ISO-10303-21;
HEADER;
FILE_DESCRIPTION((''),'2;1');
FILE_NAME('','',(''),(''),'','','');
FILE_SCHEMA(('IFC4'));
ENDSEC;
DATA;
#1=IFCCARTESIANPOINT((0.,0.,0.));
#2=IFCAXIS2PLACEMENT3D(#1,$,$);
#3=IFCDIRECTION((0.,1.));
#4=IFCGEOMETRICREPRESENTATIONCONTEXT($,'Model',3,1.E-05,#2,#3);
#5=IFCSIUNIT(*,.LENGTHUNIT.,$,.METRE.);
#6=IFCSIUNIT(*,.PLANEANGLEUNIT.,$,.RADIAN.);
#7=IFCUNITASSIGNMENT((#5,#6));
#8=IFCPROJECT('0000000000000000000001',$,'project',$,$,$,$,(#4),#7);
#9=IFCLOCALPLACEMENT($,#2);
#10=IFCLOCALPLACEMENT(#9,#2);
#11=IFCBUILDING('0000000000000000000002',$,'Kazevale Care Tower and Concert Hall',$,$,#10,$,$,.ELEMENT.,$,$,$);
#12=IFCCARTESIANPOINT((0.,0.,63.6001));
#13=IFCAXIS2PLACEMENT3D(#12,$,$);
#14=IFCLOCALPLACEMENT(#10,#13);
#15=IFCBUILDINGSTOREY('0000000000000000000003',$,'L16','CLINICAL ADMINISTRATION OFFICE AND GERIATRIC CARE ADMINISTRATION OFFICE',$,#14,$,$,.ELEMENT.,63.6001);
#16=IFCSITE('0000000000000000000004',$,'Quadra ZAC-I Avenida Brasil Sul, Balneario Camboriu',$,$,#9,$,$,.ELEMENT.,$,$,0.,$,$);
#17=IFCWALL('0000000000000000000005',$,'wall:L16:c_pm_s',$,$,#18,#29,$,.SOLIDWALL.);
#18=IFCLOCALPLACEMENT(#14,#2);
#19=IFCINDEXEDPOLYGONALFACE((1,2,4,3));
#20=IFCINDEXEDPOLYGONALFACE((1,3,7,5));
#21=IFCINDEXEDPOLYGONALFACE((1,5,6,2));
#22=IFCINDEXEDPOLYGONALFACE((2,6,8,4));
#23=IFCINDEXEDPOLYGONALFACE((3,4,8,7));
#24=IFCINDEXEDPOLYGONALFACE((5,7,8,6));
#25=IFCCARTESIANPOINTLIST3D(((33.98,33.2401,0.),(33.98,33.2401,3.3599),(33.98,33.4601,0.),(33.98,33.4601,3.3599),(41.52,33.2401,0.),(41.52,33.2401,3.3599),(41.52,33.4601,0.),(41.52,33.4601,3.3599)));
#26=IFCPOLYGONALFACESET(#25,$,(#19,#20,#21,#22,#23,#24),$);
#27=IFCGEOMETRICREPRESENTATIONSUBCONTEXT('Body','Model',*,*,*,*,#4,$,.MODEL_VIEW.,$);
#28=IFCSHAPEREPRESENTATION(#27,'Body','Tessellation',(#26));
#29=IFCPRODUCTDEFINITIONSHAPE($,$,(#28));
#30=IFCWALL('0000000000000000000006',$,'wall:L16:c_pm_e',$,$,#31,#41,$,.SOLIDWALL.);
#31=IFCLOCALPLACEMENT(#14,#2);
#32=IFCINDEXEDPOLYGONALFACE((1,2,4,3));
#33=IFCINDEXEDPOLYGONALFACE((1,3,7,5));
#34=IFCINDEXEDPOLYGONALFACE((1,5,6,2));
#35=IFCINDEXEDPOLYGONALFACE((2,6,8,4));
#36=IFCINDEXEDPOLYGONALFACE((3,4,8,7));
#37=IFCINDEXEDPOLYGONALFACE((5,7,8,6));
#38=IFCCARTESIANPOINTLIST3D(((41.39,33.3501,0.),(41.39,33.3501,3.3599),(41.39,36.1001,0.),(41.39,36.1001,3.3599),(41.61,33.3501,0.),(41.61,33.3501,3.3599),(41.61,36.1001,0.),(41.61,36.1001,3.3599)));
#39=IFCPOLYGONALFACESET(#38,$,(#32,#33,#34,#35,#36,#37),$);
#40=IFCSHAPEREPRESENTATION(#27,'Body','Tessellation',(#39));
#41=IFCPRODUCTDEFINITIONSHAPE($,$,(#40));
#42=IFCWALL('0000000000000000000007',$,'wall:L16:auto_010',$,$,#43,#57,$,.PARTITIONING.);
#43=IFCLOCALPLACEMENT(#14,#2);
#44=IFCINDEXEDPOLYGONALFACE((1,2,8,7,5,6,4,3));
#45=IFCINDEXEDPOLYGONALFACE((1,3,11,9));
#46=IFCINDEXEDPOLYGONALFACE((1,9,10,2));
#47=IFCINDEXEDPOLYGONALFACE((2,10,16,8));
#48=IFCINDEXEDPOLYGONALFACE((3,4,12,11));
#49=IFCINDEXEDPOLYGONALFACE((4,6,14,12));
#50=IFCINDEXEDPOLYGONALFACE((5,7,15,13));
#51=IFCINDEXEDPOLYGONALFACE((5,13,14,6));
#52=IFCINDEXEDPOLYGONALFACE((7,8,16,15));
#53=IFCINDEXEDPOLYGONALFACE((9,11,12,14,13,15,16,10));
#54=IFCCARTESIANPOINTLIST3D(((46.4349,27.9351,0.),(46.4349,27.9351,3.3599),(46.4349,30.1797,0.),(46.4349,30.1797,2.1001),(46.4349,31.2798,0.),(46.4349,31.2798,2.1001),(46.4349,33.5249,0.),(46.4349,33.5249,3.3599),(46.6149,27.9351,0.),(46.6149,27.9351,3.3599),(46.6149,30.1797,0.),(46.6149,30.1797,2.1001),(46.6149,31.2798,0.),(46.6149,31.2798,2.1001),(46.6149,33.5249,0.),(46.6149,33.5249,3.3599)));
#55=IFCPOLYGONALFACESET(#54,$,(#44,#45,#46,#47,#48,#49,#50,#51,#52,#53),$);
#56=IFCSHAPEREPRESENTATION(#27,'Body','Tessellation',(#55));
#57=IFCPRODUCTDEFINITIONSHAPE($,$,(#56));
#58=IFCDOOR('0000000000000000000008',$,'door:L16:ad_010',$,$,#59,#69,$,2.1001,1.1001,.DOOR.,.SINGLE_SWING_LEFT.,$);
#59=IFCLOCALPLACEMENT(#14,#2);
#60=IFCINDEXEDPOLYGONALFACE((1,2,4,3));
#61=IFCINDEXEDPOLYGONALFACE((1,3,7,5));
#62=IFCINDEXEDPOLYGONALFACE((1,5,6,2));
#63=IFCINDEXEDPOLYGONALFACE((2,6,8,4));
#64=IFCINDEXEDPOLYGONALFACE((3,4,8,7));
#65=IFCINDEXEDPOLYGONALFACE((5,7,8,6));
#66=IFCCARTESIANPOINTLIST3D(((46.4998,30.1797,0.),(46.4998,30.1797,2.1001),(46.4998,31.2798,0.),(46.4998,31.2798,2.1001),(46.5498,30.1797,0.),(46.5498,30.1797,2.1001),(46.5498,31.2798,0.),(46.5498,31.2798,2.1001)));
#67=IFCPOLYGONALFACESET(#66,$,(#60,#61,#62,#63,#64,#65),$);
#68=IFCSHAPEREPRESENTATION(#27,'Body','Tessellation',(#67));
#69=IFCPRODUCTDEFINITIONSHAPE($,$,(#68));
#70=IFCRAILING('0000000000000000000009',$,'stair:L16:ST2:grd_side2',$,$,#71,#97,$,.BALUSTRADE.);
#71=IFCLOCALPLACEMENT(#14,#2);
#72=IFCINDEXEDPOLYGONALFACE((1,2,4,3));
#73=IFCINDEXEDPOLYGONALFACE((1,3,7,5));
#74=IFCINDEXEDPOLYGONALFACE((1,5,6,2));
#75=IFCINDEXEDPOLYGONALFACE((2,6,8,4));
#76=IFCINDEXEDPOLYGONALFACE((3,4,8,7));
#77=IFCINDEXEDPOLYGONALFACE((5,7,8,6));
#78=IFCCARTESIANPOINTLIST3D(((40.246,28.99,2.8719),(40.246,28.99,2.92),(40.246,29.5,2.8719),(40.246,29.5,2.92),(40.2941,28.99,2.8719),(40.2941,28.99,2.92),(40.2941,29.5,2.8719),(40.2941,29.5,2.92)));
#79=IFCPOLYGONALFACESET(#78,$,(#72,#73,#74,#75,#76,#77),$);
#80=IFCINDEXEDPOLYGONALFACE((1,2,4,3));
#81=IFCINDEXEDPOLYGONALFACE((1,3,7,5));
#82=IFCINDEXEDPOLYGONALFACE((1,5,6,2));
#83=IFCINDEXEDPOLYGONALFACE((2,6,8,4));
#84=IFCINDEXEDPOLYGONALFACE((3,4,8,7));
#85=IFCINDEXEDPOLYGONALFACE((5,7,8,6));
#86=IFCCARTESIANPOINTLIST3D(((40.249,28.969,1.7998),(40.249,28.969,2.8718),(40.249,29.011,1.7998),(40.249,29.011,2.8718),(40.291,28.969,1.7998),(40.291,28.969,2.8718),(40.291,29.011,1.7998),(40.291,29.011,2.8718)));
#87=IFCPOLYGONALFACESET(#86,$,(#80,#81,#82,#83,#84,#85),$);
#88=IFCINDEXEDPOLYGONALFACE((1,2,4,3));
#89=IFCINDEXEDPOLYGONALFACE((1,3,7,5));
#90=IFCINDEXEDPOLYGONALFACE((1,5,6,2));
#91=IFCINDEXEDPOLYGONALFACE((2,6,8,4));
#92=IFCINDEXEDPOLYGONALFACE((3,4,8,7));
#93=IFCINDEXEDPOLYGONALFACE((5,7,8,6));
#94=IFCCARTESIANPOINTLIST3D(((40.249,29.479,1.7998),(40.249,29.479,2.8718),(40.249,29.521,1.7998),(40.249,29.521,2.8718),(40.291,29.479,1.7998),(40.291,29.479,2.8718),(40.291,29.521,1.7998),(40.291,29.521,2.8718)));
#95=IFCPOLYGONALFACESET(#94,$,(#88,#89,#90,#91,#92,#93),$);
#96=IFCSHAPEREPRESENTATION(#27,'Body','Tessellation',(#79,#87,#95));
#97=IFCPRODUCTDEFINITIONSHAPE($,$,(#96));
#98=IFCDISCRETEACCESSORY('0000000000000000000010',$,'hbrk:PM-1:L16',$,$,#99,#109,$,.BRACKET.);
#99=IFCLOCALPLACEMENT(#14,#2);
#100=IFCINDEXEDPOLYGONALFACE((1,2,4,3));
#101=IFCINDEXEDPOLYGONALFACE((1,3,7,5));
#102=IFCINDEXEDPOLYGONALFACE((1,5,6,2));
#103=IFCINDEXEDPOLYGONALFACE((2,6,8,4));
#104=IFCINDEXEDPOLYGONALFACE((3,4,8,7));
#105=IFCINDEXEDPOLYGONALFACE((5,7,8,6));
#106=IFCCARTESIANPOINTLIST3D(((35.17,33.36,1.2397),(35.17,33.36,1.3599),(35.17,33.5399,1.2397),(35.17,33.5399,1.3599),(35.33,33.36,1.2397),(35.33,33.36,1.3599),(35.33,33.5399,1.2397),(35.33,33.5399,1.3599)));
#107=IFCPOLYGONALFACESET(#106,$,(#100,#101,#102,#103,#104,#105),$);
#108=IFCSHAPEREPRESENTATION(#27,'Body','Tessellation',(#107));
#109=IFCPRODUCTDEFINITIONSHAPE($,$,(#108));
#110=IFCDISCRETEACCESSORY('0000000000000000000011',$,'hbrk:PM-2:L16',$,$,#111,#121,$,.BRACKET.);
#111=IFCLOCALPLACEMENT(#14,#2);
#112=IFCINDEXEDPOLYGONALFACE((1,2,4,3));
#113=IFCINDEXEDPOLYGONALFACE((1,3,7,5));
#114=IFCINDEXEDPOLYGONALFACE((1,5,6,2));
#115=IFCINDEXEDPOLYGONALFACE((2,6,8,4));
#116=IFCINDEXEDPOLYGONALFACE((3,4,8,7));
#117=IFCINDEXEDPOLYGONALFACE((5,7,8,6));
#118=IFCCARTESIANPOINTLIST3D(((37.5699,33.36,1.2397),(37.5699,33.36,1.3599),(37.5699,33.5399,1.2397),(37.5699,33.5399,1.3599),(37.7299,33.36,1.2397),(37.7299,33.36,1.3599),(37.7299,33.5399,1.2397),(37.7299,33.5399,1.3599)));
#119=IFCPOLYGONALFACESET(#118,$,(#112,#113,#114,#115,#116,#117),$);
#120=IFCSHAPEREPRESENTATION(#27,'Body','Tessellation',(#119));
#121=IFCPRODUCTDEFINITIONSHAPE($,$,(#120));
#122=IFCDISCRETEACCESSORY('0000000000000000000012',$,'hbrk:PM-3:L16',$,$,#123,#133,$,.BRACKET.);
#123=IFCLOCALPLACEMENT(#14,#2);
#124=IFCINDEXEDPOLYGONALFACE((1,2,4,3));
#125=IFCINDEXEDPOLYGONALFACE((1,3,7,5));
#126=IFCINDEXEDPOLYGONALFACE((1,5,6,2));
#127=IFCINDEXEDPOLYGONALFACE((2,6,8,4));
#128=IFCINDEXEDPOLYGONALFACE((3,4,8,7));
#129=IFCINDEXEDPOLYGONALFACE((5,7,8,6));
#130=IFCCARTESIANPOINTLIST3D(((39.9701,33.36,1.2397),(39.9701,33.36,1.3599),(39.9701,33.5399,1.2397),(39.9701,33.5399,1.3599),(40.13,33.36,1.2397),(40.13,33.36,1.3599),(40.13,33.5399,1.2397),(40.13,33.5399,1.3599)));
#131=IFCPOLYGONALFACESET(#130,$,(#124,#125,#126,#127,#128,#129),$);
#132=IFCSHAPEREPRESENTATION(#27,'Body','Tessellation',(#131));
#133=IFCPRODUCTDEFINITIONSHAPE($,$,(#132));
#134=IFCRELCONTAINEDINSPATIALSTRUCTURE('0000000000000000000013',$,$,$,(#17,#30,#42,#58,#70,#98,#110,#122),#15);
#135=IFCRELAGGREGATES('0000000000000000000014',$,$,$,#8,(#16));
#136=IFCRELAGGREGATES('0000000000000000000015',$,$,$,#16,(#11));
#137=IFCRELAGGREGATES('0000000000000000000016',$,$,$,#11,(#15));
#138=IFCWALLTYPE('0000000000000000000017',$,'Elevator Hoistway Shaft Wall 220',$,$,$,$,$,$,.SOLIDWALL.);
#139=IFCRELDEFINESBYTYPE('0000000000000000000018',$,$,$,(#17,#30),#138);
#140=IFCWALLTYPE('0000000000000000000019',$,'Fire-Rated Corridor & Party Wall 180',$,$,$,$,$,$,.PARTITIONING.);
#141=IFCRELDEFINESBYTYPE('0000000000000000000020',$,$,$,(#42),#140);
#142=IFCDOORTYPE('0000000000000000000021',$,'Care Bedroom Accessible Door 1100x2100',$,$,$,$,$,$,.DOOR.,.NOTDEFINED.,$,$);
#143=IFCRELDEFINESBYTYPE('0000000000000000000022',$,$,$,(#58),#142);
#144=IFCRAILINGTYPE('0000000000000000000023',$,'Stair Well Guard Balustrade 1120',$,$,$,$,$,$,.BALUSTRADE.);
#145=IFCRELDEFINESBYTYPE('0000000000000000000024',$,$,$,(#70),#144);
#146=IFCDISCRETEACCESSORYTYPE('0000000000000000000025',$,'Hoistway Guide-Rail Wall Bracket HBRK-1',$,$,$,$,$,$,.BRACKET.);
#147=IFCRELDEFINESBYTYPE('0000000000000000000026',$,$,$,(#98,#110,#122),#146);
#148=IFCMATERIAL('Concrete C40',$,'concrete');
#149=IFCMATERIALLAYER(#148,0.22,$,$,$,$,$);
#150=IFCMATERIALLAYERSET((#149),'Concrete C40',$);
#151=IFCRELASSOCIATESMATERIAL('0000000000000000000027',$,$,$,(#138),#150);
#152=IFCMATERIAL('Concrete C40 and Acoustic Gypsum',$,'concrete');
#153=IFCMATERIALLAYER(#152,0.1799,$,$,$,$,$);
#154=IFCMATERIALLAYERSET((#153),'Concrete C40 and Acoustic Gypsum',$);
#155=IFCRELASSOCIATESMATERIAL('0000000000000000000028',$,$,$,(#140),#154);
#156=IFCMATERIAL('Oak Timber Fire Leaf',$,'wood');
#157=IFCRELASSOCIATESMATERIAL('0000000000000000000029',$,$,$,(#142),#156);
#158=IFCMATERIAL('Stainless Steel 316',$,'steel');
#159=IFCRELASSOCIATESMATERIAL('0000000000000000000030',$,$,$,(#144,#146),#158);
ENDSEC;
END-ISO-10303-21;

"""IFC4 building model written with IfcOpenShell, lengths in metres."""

from ifc_helpers import new_model, si_unit, direction, frame, frame_2d, origin, origin_2d, place, context, subcontext, project, spatial, rectangle, extrude, material, layer, layer_set, type_object, element, fill, save


model = new_model("IFC4")

# Units and contexts
model_context = context("Model", 3, precision=1e-05, world=origin(), true_north=direction((0.0, 1.0)))
body_context = subcontext(model_context, "Body", "Model", "MODEL_VIEW")
ifc_project = project(units=[si_unit("LENGTHUNIT", "METRE"), si_unit("PLANEANGLEUNIT", "RADIAN")], contexts=[model_context])

# Site, building, storey
site_placement = place(None, origin())
site = spatial("IfcSite", under=ifc_project, at=site_placement, Name="Quadra ZAC-I Avenida Brasil Sul, Balneario Camboriu", CompositionType="ELEMENT", RefElevation=0.0)
building_placement = place(site_placement, origin())
building = spatial("IfcBuilding", under=site, at=building_placement, Name="Kazevale Care Tower and Concert Hall", CompositionType="ELEMENT")
storey_placement = place(building_placement, frame((0.0, 0.0, 63.6001)))
storey = spatial("IfcBuildingStorey", under=building, at=storey_placement, Name="L16", Description="CLINICAL ADMINISTRATION OFFICE AND GERIATRIC CARE ADMINISTRATION OFFICE", CompositionType="ELEMENT", Elevation=63.6001)

# Shared definitions
ifc_material_1 = material(Name="Oak Timber Fire Leaf", Category="wood")

# Walls
ifc_material_2 = material(Name="Concrete C40", Category="concrete")
ifc_layer_1 = layer(ifc_material_2, 0.22)
ifc_layer_set_1 = layer_set([ifc_layer_1], Name="Concrete C40")
wall_type_1 = type_object("IfcWallType", Name="Elevator Hoistway Shaft Wall 220", PredefinedType="SOLIDWALL", material=ifc_layer_set_1)
wall_1_placement = place(storey_placement, frame((33.98, 33.3501, 0.0), z_axis=(0.0, 0.0, 1.0), x_axis=(1.0, 0.0, 0.0)))
element("IfcWall", 1, at=wall_1_placement, inside=storey, type_object=wall_type_1, Name="wall:L16:c_pm_s", PredefinedType="SOLIDWALL", context=body_context, shape_type="SweptSolid", body=[
    extrude(rectangle(XDim=7.54, YDim=0.22, at=frame_2d((3.77, 0.0))), origin(), (0.0, 0.0, 1.0), 3.3599),
])
wall_2_placement = place(storey_placement, frame((41.5, 33.3501, 0.0), z_axis=(0.0, 0.0, 1.0), x_axis=(0.0, 1.0, 0.0)))
element("IfcWall", 2, at=wall_2_placement, inside=storey, type_object=wall_type_1, Name="wall:L16:c_pm_e", PredefinedType="SOLIDWALL", context=body_context, shape_type="SweptSolid", body=[
    extrude(rectangle(XDim=2.75, YDim=0.22, at=frame_2d((1.375, 0.0))), origin(), (0.0, 0.0, 1.0), 3.3599),
])

# Wall, opening, door
ifc_material_3 = material(Name="Concrete C40 and Acoustic Gypsum", Category="concrete")
ifc_layer_2 = layer(ifc_material_3, 0.1799)
ifc_layer_set_2 = layer_set([ifc_layer_2], Name="Concrete C40 and Acoustic Gypsum")
wall_type_2 = type_object("IfcWallType", Name="Fire-Rated Corridor & Party Wall 180", PredefinedType="PARTITIONING", material=ifc_layer_set_2)
wall_3_placement = place(storey_placement, frame((46.5249, 33.5249, 0.0), z_axis=(0.0, 0.0, 1.0), x_axis=(0.0, -1.0, 0.0)))
wall_3 = element("IfcWall", 3, at=wall_3_placement, inside=storey, type_object=wall_type_2, Name="wall:L16:auto_010", PredefinedType="PARTITIONING", context=body_context, shape_type="SweptSolid", body=[
    extrude(rectangle(XDim=5.5898, YDim=0.1799, at=frame_2d((2.7949, 0.0))), origin(), (0.0, 0.0, 1.0), 3.3599),
])
opening_1_placement = place(wall_3_placement, frame((2.2451, 0.0, 0.0)))
opening_1 = element("IfcOpeningElement", 4, at=opening_1_placement, cuts=wall_3, PredefinedType="OPENING", context=body_context, shape_type="SweptSolid", body=[
    extrude(rectangle(XDim=1.1001, YDim=2.1001, at=frame_2d((0.55, 1.05))), frame((0.0, 0.0999, 0.0), z_axis=(0.0, -1.0, 0.0), x_axis=(1.0, 0.0, 0.0)), (0.0, 0.0, 1.0), 0.2),
])
door_type_1 = type_object("IfcDoorType", Name="Care Bedroom Accessible Door 1100x2100", OperationType="NOTDEFINED", PredefinedType="DOOR", material=ifc_material_1)
door_1_placement = place(opening_1_placement, origin())
door_1 = element("IfcDoor", 5, at=door_1_placement, inside=storey, type_object=door_type_1, Name="door:L16:ad_010", OperationType="SINGLE_SWING_LEFT", OverallHeight=2.1001, OverallWidth=1.1001, PredefinedType="DOOR", context=body_context, shape_type="SweptSolid", body=[
    extrude(rectangle(XDim=1.1001, YDim=2.1001, at=frame_2d((0.55, 1.05))), frame((0.0, 0.0249, 0.0), z_axis=(0.0, -1.0, 0.0), x_axis=(1.0, 0.0, 0.0)), (0.0, 0.0, 1.0), 0.05),
])
fill(opening_1, door_1)

# Railing
ifc_material_4 = material(Name="Stainless Steel 316", Category="steel")
railing_type = type_object("IfcRailingType", Name="Stair Well Guard Balustrade 1120", PredefinedType="BALUSTRADE", material=ifc_material_4)
railing_placement = place(storey_placement, frame((40.27, 28.99, 1.7998)))
element("IfcRailing", 6, at=railing_placement, inside=storey, type_object=railing_type, Name="stair:L16:ST2:grd_side2", PredefinedType="BALUSTRADE", context=body_context, shape_type="SweptSolid", body=[
    extrude(rectangle(XDim=0.0481, YDim=0.0481, at=origin_2d()), frame((0.0, 0.0, 1.0962), z_axis=(0.0, 1.0, 0.0), x_axis=(-1.0, 0.0, 0.0)), (0.0, 0.0, 1.0), 0.51),
    extrude(rectangle(XDim=0.042, YDim=0.042, at=origin_2d()), origin(), (0.0, 0.0, 1.0), 1.072),
    extrude(rectangle(XDim=0.042, YDim=0.042, at=origin_2d()), frame((0.0, 0.51, 0.0)), (0.0, 0.0, 1.0), 1.072),
])

# Discrete accessories
discrete_accessory_type = type_object("IfcDiscreteAccessoryType", Name="Hoistway Guide-Rail Wall Bracket HBRK-1", PredefinedType="BRACKET", material=ifc_material_4)
for number, where, z_axis, x_axis, name in (
    (7, (35.25, 33.45, 1.2397), (0.0, 0.0, 1.0), (1.0, 0.0, 0.0), "hbrk:PM-1:L16"),
    (8, (37.6499, 33.45, 1.2397), (0.0, 0.0, 1.0), (1.0, 0.0, 0.0), "hbrk:PM-2:L16"),
    (9, (40.05, 33.45, 1.2397), (0.0, 0.0, 1.0), (1.0, 0.0, 0.0), "hbrk:PM-3:L16"),
):
    element("IfcDiscreteAccessory", number, at=place(storey_placement, frame(where, z_axis=z_axis, x_axis=x_axis)), inside=storey, type_object=discrete_accessory_type, Name=name, PredefinedType="BRACKET", context=body_context, shape_type="SweptSolid", body=[
        extrude(rectangle(XDim=0.1599, YDim=0.1799, at=origin_2d()), origin(), (0.0, 0.0, 1.0), 0.1201),
    ])

save(model, "model.ifc")
